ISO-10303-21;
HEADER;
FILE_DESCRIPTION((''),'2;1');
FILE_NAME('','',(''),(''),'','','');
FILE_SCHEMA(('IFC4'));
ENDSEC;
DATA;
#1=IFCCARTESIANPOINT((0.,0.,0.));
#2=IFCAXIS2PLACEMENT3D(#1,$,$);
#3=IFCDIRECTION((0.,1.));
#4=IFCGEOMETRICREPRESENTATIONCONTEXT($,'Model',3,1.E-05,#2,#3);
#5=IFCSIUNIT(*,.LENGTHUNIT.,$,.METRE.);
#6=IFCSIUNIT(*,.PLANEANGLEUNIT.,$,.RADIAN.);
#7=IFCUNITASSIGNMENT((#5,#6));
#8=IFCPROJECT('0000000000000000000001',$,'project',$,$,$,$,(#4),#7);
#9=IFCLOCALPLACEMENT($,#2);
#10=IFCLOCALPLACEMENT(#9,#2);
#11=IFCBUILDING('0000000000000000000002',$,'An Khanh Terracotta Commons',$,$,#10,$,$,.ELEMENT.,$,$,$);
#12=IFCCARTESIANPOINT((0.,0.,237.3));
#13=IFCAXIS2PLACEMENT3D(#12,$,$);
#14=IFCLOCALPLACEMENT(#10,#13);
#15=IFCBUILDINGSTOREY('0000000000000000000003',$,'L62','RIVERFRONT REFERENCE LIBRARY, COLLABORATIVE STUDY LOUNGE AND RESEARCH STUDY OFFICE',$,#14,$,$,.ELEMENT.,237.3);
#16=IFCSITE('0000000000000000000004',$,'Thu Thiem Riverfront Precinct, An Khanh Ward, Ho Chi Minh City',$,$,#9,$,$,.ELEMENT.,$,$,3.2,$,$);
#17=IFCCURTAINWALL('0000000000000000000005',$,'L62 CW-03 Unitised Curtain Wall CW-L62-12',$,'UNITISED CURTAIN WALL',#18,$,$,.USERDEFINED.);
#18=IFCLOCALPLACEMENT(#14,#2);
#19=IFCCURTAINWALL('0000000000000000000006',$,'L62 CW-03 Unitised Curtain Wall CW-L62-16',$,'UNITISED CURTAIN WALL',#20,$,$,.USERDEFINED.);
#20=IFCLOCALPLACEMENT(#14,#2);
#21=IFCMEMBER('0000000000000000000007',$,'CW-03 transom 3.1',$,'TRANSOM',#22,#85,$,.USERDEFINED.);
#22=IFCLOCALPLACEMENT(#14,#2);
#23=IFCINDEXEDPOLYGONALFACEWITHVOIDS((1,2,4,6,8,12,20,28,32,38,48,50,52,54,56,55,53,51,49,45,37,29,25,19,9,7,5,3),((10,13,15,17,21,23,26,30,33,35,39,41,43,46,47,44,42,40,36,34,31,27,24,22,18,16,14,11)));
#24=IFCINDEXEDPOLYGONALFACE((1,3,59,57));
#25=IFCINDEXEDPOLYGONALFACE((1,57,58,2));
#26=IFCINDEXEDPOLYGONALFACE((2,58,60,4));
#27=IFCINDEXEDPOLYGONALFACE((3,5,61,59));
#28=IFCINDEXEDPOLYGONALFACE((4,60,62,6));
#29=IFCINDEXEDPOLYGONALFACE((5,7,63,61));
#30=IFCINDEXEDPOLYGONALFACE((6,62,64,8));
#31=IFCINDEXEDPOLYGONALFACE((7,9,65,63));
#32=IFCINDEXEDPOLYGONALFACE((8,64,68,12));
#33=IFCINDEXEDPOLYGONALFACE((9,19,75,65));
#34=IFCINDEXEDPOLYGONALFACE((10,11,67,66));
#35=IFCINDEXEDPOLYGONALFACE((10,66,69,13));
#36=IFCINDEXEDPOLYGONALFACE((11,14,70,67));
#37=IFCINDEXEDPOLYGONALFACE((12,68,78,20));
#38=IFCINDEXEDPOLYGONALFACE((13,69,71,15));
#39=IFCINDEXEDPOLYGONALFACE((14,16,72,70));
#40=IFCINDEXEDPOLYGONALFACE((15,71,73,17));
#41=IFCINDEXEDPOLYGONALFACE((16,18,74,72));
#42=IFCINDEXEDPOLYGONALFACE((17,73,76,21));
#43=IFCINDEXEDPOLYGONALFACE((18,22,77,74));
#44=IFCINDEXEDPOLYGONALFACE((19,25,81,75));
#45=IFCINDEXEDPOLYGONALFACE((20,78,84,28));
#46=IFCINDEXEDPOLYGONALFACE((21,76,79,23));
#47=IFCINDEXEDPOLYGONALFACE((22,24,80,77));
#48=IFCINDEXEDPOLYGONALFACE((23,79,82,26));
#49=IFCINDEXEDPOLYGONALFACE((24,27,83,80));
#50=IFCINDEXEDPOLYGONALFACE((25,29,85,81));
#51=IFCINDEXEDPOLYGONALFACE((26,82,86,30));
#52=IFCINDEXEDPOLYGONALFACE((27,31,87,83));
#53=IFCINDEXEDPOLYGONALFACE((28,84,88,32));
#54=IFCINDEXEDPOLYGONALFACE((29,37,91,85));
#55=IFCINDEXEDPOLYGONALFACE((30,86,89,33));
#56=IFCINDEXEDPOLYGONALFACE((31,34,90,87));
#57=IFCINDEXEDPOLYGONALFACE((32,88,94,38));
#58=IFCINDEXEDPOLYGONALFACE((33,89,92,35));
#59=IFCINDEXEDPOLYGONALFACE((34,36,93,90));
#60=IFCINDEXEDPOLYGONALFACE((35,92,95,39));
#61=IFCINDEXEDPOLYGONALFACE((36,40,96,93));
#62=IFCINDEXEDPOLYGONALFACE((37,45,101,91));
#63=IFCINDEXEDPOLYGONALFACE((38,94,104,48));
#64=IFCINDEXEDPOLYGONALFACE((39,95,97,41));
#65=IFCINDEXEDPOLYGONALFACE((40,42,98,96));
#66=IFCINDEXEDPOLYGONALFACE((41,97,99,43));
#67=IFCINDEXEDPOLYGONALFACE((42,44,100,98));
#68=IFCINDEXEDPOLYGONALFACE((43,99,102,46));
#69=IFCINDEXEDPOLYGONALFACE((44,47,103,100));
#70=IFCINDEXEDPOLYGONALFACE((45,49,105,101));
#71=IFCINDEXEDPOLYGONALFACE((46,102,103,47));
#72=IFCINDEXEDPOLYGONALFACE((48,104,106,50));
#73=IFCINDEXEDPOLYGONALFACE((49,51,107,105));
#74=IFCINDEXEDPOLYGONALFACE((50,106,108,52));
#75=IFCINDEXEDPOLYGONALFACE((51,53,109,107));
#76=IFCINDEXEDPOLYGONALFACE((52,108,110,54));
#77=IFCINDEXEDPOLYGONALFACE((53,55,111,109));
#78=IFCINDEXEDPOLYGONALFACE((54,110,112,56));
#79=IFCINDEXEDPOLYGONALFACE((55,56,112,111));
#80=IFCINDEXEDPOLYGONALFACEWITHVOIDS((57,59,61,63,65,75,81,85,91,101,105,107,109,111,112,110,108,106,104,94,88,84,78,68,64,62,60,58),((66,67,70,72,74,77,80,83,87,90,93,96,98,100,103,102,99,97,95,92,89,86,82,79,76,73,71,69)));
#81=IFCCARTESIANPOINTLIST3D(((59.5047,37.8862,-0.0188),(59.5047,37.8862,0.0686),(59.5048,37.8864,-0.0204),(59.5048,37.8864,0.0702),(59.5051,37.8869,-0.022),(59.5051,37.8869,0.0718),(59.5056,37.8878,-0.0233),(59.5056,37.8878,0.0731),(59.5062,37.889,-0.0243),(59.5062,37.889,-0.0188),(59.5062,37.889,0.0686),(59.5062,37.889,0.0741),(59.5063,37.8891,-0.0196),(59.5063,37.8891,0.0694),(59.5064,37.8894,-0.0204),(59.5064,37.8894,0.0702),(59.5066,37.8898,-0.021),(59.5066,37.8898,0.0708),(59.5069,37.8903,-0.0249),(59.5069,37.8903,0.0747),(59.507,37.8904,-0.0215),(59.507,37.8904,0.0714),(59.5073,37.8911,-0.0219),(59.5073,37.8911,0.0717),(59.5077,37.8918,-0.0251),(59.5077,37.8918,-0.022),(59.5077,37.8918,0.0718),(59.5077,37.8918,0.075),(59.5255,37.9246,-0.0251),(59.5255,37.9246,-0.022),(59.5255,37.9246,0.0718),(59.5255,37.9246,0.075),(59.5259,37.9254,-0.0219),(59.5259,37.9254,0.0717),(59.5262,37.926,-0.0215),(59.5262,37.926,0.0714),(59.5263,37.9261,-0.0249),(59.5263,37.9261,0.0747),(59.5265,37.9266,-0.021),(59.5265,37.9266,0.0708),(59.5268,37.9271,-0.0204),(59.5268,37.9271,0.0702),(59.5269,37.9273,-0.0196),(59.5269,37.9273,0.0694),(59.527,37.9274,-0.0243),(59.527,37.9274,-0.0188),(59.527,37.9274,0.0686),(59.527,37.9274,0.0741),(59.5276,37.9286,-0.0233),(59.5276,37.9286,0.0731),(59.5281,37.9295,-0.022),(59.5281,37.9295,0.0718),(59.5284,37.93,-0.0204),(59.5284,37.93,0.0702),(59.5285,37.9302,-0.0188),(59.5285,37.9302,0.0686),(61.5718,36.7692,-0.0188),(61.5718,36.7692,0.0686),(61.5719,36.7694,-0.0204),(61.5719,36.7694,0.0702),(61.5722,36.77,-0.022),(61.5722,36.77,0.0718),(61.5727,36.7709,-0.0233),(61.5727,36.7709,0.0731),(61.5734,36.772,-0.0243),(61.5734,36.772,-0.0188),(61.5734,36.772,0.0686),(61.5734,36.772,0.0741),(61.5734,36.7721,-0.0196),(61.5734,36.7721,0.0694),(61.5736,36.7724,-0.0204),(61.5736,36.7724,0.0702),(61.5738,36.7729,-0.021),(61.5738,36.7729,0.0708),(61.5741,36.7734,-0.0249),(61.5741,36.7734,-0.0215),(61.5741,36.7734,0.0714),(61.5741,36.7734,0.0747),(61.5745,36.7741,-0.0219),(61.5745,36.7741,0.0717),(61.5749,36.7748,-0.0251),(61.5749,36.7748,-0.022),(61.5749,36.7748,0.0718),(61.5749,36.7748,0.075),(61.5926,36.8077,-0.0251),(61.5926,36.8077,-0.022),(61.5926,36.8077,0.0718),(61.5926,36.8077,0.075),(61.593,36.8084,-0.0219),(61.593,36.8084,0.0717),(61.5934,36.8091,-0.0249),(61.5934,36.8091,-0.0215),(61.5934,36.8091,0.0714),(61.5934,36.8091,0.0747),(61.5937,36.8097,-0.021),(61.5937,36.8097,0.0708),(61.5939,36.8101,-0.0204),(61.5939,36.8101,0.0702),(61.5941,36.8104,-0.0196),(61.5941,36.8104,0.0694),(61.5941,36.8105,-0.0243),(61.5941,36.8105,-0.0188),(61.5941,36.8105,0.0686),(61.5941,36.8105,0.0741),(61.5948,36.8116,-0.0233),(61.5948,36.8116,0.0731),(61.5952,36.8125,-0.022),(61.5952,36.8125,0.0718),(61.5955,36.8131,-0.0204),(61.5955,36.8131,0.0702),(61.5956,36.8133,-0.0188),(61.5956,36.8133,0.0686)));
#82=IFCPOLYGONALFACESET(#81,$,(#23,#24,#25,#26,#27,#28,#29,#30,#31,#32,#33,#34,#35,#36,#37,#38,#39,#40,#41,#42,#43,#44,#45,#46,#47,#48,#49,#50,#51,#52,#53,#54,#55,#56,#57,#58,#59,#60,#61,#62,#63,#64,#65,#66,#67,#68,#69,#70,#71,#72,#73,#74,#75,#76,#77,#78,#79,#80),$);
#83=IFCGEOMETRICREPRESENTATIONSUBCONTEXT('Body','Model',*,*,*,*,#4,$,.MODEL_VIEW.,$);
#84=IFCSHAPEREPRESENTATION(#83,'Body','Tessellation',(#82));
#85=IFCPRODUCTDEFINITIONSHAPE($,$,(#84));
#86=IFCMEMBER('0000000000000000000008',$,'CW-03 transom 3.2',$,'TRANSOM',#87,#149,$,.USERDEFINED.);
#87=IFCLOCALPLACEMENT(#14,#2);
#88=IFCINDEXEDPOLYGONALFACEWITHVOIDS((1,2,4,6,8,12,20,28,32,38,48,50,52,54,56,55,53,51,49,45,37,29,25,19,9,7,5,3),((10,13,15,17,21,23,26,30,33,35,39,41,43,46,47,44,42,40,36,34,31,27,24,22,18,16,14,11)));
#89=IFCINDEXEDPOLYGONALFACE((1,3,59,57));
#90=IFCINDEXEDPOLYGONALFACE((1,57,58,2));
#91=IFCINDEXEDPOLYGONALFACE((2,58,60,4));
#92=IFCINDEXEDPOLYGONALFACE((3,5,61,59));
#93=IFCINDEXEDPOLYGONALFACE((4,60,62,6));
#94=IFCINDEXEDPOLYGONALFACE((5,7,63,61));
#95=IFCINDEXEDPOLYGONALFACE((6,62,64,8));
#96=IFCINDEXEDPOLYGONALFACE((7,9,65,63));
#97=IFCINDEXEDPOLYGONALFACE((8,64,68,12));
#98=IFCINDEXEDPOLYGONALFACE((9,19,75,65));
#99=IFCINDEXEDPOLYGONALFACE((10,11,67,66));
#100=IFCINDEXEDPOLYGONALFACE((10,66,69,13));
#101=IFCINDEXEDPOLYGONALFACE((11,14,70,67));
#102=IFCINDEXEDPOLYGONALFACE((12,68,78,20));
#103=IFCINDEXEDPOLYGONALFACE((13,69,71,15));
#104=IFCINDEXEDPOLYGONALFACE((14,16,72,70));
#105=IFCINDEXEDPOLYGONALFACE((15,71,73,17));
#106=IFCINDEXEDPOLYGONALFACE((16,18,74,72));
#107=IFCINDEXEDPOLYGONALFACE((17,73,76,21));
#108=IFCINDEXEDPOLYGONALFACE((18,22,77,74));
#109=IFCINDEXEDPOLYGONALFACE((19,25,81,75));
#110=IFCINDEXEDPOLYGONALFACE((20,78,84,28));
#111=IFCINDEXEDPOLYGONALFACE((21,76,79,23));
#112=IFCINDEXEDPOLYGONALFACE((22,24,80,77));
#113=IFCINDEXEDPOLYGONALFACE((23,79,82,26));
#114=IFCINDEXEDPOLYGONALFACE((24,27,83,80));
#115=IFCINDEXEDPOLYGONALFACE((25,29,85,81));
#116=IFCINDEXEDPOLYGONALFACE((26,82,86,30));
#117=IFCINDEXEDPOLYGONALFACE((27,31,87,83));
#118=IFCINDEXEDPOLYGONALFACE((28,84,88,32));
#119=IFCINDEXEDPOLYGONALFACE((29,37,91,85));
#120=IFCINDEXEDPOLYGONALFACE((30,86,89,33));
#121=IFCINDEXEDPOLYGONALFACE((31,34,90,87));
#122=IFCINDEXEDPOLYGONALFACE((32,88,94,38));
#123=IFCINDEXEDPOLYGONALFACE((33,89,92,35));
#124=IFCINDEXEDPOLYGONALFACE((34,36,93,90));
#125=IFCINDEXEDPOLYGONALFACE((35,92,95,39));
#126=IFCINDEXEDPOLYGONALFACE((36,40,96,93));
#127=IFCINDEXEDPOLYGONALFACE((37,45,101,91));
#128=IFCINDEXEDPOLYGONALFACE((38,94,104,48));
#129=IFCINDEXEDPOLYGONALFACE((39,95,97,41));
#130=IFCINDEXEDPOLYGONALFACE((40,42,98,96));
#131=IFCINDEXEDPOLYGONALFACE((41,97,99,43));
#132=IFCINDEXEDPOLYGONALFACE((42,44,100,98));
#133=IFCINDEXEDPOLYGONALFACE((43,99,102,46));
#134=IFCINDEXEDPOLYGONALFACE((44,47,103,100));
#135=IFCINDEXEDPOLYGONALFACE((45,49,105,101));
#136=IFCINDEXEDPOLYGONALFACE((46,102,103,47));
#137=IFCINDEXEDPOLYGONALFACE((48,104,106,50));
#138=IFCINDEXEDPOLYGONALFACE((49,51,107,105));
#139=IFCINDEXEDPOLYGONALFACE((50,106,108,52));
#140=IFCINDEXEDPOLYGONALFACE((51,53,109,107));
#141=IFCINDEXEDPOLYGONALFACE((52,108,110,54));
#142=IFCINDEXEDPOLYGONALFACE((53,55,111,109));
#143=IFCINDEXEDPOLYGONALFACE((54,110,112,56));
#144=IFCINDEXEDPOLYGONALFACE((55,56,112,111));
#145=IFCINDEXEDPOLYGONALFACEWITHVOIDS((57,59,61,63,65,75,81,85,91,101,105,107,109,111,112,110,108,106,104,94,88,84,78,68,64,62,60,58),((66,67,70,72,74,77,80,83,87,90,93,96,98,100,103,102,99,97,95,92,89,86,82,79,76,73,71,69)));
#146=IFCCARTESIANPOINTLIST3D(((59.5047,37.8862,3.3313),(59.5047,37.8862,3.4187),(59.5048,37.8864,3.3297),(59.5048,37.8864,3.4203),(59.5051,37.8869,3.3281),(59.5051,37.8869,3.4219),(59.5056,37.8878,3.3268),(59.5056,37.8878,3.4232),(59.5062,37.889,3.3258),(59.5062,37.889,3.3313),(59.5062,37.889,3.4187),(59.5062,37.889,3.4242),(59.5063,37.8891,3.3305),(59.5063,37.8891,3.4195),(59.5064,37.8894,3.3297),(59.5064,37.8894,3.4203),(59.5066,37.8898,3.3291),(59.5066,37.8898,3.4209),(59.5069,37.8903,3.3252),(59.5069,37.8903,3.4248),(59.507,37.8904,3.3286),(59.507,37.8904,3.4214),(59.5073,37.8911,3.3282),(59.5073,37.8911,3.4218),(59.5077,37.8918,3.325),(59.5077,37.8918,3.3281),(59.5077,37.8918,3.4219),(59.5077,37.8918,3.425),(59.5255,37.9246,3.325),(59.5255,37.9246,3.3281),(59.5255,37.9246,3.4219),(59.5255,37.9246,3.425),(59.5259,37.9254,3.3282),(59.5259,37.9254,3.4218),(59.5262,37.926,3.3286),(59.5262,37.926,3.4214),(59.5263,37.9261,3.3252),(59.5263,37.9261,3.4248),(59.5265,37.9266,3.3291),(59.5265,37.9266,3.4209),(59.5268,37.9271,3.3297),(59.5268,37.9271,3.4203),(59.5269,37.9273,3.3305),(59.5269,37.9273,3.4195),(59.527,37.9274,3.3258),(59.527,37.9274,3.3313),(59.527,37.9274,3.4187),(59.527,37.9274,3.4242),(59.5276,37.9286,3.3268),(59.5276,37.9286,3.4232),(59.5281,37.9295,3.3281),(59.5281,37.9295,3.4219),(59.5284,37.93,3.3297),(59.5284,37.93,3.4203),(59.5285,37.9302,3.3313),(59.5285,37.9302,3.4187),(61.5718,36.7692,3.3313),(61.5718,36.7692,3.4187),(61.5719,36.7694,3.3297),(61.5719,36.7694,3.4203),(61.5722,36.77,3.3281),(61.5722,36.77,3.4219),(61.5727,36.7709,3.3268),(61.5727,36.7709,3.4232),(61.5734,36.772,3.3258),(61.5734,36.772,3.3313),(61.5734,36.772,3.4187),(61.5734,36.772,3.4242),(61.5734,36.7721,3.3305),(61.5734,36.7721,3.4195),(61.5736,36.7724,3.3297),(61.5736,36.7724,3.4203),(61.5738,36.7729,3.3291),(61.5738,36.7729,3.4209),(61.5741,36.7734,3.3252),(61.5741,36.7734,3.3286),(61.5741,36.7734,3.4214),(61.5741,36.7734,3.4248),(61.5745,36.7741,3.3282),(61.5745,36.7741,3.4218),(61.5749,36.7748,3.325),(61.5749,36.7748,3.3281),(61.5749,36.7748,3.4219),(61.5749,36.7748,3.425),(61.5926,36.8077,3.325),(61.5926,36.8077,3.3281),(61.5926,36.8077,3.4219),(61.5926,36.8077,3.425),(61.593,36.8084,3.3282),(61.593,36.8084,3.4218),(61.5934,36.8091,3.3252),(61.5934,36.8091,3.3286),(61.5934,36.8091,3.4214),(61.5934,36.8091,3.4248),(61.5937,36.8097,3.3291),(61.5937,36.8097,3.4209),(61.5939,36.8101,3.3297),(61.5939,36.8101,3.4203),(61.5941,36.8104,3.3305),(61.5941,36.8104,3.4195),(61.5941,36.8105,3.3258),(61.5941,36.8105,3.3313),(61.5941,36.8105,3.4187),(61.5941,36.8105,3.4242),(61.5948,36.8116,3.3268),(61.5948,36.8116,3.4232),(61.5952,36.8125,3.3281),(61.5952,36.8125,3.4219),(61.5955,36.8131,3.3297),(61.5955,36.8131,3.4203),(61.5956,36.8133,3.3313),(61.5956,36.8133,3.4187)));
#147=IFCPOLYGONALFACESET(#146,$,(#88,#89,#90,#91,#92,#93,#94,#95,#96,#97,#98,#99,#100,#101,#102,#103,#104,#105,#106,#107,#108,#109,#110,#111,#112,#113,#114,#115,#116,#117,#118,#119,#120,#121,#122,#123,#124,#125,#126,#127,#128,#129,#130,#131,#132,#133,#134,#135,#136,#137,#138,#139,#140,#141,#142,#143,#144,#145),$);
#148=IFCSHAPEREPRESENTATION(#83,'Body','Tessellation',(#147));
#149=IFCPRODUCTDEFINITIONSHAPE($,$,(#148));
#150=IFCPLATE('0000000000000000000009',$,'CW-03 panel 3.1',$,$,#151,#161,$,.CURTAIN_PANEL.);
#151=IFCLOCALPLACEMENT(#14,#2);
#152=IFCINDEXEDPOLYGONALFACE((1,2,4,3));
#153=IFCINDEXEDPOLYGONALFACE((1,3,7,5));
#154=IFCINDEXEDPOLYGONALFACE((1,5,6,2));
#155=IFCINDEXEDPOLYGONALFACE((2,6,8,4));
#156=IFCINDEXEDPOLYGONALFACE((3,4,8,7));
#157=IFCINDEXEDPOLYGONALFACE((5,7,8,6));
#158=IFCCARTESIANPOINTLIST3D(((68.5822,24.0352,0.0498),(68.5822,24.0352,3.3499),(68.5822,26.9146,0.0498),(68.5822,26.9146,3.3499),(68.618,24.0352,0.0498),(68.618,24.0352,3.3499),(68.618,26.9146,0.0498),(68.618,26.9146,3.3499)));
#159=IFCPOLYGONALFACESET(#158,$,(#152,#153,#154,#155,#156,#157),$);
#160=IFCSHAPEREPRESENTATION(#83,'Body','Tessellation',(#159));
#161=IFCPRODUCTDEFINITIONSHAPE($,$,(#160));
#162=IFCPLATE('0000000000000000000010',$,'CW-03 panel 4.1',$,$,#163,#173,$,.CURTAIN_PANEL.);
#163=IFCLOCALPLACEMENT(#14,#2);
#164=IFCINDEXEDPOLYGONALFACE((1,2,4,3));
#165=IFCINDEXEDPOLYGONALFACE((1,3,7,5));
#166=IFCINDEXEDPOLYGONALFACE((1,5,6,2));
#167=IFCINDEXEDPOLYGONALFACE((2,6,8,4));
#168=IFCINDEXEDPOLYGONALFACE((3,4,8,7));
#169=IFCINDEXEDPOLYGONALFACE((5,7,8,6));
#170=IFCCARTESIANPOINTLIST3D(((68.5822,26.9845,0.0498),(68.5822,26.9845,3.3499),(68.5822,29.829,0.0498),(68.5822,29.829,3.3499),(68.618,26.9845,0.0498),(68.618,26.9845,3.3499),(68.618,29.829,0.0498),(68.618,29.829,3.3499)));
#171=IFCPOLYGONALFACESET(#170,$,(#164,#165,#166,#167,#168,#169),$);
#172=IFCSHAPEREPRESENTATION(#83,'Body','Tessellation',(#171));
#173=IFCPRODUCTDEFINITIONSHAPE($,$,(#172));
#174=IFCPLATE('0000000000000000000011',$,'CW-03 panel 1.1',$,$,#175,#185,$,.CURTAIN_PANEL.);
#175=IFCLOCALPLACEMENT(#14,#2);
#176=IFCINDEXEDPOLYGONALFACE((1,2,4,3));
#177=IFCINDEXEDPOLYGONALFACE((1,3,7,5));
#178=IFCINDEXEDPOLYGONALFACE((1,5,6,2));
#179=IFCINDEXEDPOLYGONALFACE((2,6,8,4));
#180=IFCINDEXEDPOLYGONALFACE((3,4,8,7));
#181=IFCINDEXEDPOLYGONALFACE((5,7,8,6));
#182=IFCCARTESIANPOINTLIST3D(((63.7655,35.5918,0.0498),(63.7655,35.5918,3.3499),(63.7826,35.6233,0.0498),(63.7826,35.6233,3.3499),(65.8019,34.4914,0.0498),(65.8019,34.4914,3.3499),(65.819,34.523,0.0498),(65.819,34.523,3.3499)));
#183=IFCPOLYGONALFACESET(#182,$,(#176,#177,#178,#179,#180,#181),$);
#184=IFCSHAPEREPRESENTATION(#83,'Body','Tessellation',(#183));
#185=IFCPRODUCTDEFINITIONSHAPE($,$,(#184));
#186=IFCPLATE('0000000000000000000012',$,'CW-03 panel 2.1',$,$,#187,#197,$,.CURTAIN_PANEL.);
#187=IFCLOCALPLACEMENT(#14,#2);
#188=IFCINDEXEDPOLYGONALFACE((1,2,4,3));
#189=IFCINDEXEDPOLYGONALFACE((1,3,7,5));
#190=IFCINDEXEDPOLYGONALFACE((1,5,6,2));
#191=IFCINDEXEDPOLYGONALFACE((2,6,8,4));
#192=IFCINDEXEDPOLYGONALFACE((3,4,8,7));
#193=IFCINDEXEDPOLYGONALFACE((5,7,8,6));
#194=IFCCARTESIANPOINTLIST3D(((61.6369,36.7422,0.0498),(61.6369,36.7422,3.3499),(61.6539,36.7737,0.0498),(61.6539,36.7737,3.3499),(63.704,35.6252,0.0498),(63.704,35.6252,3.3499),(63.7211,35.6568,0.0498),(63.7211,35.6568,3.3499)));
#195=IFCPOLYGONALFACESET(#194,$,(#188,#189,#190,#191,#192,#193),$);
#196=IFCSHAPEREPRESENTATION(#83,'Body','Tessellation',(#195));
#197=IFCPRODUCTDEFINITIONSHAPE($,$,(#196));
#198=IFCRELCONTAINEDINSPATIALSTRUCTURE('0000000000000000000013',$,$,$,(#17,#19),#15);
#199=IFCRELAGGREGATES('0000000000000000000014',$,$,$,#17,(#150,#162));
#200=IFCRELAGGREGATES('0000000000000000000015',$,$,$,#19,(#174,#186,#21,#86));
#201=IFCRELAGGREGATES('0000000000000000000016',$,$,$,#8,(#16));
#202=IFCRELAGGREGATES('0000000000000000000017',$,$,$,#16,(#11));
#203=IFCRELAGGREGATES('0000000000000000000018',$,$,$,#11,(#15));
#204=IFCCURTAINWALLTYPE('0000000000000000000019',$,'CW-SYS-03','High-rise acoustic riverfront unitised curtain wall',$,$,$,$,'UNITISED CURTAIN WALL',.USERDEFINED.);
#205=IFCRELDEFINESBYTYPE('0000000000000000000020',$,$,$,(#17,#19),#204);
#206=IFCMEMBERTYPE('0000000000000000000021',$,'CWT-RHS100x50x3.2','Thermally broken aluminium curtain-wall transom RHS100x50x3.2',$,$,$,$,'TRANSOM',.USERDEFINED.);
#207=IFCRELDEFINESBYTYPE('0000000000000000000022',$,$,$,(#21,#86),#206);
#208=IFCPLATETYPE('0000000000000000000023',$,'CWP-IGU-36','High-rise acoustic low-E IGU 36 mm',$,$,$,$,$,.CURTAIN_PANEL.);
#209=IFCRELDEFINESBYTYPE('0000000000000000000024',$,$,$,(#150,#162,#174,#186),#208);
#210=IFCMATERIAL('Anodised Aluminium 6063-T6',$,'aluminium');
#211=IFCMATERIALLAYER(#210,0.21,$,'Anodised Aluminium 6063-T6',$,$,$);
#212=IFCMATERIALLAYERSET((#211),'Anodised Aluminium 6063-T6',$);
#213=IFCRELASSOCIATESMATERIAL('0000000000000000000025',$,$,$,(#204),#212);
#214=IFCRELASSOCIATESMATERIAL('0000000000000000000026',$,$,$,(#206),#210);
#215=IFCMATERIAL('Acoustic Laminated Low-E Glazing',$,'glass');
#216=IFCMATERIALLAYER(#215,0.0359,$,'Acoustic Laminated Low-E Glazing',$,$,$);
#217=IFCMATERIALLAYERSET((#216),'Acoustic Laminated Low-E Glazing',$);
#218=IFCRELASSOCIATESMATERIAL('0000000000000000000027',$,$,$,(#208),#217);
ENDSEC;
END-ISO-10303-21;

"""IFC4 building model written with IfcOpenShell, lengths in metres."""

from ifc_helpers import new_model, si_unit, direction, frame, origin, origin_2d, place, context, subcontext, project, spatial, rectangle, hollow_rectangle, extrude, material, layer, layer_set, material_profile, profile_set, type_object, element, aggregate, save


model = new_model("IFC4")

# Units and contexts
model_context = context("Model", 3, precision=1e-05, world=origin(), true_north=direction((0.0, 1.0)))
body_context = subcontext(model_context, "Body", "Model", "MODEL_VIEW")
ifc_project = project(units=[si_unit("LENGTHUNIT", "METRE"), si_unit("PLANEANGLEUNIT", "RADIAN")], contexts=[model_context])

# Site, building, storey
site_placement = place(None, origin())
site = spatial("IfcSite", under=ifc_project, at=site_placement, Name="Thu Thiem Riverfront Precinct, An Khanh Ward, Ho Chi Minh City", CompositionType="ELEMENT", RefElevation=3.2)
building_placement = place(site_placement, origin())
building = spatial("IfcBuilding", under=site, at=building_placement, Name="An Khanh Terracotta Commons", CompositionType="ELEMENT")
storey_placement = place(building_placement, frame((0.0, 0.0, 237.3)))
storey = spatial("IfcBuildingStorey", under=building, at=storey_placement, Name="L62", Description="RIVERFRONT REFERENCE LIBRARY, COLLABORATIVE STUDY LOUNGE AND RESEARCH STUDY OFFICE", CompositionType="ELEMENT", Elevation=237.3)

# Curtain walls
ifc_material_1 = material(Name="Anodised Aluminium 6063-T6", Category="aluminium")
ifc_layer_1 = layer(ifc_material_1, 0.21, Name="Anodised Aluminium 6063-T6")
ifc_layer_set_1 = layer_set([ifc_layer_1], Name="Anodised Aluminium 6063-T6")
curtain_wall_type = type_object("IfcCurtainWallType", Name="CW-SYS-03", Description="High-rise acoustic riverfront unitised curtain wall", ElementType="UNITISED CURTAIN WALL", PredefinedType="USERDEFINED", material=ifc_layer_set_1)
curtain_wall_1_placement = place(storey_placement, origin())
curtain_wall_1 = element("IfcCurtainWall", 1, at=curtain_wall_1_placement, inside=storey, type_object=curtain_wall_type, Name="L62 CW-03 Unitised Curtain Wall CW-L62-12", ObjectType="UNITISED CURTAIN WALL", PredefinedType="USERDEFINED")
curtain_wall_2_placement = place(storey_placement, origin())
curtain_wall_2 = element("IfcCurtainWall", 2, at=curtain_wall_2_placement, inside=storey, type_object=curtain_wall_type, Name="L62 CW-03 Unitised Curtain Wall CW-L62-16", ObjectType="UNITISED CURTAIN WALL", PredefinedType="USERDEFINED")

# Members
ifc_material_profile_1 = material_profile(ifc_material_1, hollow_rectangle(XDim=0.05, YDim=0.1001, WallThickness=0.0032, InnerFilletRadius=0.0032, OuterFilletRadius=0.0063, at=origin_2d()), Name="RHS100x50x3.2")
ifc_profile_set_1 = profile_set([ifc_material_profile_1], Name="Anodised Aluminium 6063-T6")
member_type_1 = type_object("IfcMemberType", Name="CWT-RHS100x50x3.2", Description="Thermally broken aluminium curtain-wall transom RHS100x50x3.2", ElementType="TRANSOM", PredefinedType="USERDEFINED", material=ifc_profile_set_1)
member_1_placement = place(storey_placement, frame((61.5837, 36.7913, 0.0249), z_axis=(-0.879783, 0.475376, 0.0), x_axis=(-0.475376, -0.879783, 0.0)))
member_1 = element("IfcMember", 3, at=member_1_placement, type_object=member_type_1, Name="CW-03 transom 3.1", ObjectType="TRANSOM", PredefinedType="USERDEFINED", context=body_context, shape_type="SweptSolid", body=[
    extrude(hollow_rectangle(XDim=0.05, YDim=0.1001, WallThickness=0.0032, InnerFilletRadius=0.0032, OuterFilletRadius=0.0063, at=origin_2d()), origin(), (0.0, 0.0, 1.0), 2.3496),
])
member_2_placement = place(storey_placement, frame((61.5837, 36.7913, 3.375), z_axis=(-0.879783, 0.475376, 0.0), x_axis=(-0.475376, -0.879783, 0.0)))
member_2 = element("IfcMember", 4, at=member_2_placement, type_object=member_type_1, Name="CW-03 transom 3.2", ObjectType="TRANSOM", PredefinedType="USERDEFINED", context=body_context, shape_type="SweptSolid", body=[
    extrude(hollow_rectangle(XDim=0.05, YDim=0.1001, WallThickness=0.0032, InnerFilletRadius=0.0032, OuterFilletRadius=0.0063, at=origin_2d()), origin(), (0.0, 0.0, 1.0), 2.3496),
])

# Plates
ifc_material_2 = material(Name="Acoustic Laminated Low-E Glazing", Category="glass")
ifc_layer_2 = layer(ifc_material_2, 0.0359, Name="Acoustic Laminated Low-E Glazing")
ifc_layer_set_2 = layer_set([ifc_layer_2], Name="Acoustic Laminated Low-E Glazing")
plate_type = type_object("IfcPlateType", Name="CWP-IGU-36", Description="High-rise acoustic low-E IGU 36 mm", PredefinedType="CURTAIN_PANEL", material=ifc_layer_set_2)
plate_1_placement = place(storey_placement, frame((68.6001, 25.4749, 0.0498), z_axis=(0.0, 0.0, 1.0), x_axis=(0.0, 1.0, 0.0)))
plate_1 = element("IfcPlate", 5, at=plate_1_placement, type_object=plate_type, Name="CW-03 panel 3.1", PredefinedType="CURTAIN_PANEL", context=body_context, shape_type="SweptSolid", body=[
    extrude(rectangle(XDim=2.8794, YDim=0.0359, at=origin_2d()), origin(), (0.0, 0.0, 1.0), 3.3),
])
plate_2_placement = place(storey_placement, frame((68.6001, 28.4067, 0.0498), z_axis=(0.0, 0.0, 1.0), x_axis=(0.0, 1.0, 0.0)))
plate_2 = element("IfcPlate", 6, at=plate_2_placement, type_object=plate_type, Name="CW-03 panel 4.1", PredefinedType="CURTAIN_PANEL", context=body_context, shape_type="SweptSolid", body=[
    extrude(rectangle(XDim=2.8445, YDim=0.0359, at=origin_2d()), origin(), (0.0, 0.0, 1.0), 3.3),
])
aggregate(curtain_wall_1, [plate_1, plate_2])
plate_3_placement = place(storey_placement, frame((64.7922, 35.0574, 0.0498), z_axis=(0.0, 0.0, 1.0), x_axis=(-0.87978, 0.475381, 0.0)))
plate_3 = element("IfcPlate", 7, at=plate_3_placement, type_object=plate_type, Name="CW-03 panel 1.1", PredefinedType="CURTAIN_PANEL", context=body_context, shape_type="SweptSolid", body=[
    extrude(rectangle(XDim=2.3147, YDim=0.0359, at=origin_2d()), origin(), (0.0, 0.0, 1.0), 3.3),
])
plate_4_placement = place(storey_placement, frame((62.679, 36.1995, 0.0498), z_axis=(0.0, 0.0, 1.0), x_axis=(-0.87978, 0.475381, 0.0)))
plate_4 = element("IfcPlate", 8, at=plate_4_placement, type_object=plate_type, Name="CW-03 panel 2.1", PredefinedType="CURTAIN_PANEL", context=body_context, shape_type="SweptSolid", body=[
    extrude(rectangle(XDim=2.3496, YDim=0.0359, at=origin_2d()), origin(), (0.0, 0.0, 1.0), 3.3),
])
aggregate(curtain_wall_2, [plate_3, plate_4, member_1, member_2])

save(model, "model.ifc")
